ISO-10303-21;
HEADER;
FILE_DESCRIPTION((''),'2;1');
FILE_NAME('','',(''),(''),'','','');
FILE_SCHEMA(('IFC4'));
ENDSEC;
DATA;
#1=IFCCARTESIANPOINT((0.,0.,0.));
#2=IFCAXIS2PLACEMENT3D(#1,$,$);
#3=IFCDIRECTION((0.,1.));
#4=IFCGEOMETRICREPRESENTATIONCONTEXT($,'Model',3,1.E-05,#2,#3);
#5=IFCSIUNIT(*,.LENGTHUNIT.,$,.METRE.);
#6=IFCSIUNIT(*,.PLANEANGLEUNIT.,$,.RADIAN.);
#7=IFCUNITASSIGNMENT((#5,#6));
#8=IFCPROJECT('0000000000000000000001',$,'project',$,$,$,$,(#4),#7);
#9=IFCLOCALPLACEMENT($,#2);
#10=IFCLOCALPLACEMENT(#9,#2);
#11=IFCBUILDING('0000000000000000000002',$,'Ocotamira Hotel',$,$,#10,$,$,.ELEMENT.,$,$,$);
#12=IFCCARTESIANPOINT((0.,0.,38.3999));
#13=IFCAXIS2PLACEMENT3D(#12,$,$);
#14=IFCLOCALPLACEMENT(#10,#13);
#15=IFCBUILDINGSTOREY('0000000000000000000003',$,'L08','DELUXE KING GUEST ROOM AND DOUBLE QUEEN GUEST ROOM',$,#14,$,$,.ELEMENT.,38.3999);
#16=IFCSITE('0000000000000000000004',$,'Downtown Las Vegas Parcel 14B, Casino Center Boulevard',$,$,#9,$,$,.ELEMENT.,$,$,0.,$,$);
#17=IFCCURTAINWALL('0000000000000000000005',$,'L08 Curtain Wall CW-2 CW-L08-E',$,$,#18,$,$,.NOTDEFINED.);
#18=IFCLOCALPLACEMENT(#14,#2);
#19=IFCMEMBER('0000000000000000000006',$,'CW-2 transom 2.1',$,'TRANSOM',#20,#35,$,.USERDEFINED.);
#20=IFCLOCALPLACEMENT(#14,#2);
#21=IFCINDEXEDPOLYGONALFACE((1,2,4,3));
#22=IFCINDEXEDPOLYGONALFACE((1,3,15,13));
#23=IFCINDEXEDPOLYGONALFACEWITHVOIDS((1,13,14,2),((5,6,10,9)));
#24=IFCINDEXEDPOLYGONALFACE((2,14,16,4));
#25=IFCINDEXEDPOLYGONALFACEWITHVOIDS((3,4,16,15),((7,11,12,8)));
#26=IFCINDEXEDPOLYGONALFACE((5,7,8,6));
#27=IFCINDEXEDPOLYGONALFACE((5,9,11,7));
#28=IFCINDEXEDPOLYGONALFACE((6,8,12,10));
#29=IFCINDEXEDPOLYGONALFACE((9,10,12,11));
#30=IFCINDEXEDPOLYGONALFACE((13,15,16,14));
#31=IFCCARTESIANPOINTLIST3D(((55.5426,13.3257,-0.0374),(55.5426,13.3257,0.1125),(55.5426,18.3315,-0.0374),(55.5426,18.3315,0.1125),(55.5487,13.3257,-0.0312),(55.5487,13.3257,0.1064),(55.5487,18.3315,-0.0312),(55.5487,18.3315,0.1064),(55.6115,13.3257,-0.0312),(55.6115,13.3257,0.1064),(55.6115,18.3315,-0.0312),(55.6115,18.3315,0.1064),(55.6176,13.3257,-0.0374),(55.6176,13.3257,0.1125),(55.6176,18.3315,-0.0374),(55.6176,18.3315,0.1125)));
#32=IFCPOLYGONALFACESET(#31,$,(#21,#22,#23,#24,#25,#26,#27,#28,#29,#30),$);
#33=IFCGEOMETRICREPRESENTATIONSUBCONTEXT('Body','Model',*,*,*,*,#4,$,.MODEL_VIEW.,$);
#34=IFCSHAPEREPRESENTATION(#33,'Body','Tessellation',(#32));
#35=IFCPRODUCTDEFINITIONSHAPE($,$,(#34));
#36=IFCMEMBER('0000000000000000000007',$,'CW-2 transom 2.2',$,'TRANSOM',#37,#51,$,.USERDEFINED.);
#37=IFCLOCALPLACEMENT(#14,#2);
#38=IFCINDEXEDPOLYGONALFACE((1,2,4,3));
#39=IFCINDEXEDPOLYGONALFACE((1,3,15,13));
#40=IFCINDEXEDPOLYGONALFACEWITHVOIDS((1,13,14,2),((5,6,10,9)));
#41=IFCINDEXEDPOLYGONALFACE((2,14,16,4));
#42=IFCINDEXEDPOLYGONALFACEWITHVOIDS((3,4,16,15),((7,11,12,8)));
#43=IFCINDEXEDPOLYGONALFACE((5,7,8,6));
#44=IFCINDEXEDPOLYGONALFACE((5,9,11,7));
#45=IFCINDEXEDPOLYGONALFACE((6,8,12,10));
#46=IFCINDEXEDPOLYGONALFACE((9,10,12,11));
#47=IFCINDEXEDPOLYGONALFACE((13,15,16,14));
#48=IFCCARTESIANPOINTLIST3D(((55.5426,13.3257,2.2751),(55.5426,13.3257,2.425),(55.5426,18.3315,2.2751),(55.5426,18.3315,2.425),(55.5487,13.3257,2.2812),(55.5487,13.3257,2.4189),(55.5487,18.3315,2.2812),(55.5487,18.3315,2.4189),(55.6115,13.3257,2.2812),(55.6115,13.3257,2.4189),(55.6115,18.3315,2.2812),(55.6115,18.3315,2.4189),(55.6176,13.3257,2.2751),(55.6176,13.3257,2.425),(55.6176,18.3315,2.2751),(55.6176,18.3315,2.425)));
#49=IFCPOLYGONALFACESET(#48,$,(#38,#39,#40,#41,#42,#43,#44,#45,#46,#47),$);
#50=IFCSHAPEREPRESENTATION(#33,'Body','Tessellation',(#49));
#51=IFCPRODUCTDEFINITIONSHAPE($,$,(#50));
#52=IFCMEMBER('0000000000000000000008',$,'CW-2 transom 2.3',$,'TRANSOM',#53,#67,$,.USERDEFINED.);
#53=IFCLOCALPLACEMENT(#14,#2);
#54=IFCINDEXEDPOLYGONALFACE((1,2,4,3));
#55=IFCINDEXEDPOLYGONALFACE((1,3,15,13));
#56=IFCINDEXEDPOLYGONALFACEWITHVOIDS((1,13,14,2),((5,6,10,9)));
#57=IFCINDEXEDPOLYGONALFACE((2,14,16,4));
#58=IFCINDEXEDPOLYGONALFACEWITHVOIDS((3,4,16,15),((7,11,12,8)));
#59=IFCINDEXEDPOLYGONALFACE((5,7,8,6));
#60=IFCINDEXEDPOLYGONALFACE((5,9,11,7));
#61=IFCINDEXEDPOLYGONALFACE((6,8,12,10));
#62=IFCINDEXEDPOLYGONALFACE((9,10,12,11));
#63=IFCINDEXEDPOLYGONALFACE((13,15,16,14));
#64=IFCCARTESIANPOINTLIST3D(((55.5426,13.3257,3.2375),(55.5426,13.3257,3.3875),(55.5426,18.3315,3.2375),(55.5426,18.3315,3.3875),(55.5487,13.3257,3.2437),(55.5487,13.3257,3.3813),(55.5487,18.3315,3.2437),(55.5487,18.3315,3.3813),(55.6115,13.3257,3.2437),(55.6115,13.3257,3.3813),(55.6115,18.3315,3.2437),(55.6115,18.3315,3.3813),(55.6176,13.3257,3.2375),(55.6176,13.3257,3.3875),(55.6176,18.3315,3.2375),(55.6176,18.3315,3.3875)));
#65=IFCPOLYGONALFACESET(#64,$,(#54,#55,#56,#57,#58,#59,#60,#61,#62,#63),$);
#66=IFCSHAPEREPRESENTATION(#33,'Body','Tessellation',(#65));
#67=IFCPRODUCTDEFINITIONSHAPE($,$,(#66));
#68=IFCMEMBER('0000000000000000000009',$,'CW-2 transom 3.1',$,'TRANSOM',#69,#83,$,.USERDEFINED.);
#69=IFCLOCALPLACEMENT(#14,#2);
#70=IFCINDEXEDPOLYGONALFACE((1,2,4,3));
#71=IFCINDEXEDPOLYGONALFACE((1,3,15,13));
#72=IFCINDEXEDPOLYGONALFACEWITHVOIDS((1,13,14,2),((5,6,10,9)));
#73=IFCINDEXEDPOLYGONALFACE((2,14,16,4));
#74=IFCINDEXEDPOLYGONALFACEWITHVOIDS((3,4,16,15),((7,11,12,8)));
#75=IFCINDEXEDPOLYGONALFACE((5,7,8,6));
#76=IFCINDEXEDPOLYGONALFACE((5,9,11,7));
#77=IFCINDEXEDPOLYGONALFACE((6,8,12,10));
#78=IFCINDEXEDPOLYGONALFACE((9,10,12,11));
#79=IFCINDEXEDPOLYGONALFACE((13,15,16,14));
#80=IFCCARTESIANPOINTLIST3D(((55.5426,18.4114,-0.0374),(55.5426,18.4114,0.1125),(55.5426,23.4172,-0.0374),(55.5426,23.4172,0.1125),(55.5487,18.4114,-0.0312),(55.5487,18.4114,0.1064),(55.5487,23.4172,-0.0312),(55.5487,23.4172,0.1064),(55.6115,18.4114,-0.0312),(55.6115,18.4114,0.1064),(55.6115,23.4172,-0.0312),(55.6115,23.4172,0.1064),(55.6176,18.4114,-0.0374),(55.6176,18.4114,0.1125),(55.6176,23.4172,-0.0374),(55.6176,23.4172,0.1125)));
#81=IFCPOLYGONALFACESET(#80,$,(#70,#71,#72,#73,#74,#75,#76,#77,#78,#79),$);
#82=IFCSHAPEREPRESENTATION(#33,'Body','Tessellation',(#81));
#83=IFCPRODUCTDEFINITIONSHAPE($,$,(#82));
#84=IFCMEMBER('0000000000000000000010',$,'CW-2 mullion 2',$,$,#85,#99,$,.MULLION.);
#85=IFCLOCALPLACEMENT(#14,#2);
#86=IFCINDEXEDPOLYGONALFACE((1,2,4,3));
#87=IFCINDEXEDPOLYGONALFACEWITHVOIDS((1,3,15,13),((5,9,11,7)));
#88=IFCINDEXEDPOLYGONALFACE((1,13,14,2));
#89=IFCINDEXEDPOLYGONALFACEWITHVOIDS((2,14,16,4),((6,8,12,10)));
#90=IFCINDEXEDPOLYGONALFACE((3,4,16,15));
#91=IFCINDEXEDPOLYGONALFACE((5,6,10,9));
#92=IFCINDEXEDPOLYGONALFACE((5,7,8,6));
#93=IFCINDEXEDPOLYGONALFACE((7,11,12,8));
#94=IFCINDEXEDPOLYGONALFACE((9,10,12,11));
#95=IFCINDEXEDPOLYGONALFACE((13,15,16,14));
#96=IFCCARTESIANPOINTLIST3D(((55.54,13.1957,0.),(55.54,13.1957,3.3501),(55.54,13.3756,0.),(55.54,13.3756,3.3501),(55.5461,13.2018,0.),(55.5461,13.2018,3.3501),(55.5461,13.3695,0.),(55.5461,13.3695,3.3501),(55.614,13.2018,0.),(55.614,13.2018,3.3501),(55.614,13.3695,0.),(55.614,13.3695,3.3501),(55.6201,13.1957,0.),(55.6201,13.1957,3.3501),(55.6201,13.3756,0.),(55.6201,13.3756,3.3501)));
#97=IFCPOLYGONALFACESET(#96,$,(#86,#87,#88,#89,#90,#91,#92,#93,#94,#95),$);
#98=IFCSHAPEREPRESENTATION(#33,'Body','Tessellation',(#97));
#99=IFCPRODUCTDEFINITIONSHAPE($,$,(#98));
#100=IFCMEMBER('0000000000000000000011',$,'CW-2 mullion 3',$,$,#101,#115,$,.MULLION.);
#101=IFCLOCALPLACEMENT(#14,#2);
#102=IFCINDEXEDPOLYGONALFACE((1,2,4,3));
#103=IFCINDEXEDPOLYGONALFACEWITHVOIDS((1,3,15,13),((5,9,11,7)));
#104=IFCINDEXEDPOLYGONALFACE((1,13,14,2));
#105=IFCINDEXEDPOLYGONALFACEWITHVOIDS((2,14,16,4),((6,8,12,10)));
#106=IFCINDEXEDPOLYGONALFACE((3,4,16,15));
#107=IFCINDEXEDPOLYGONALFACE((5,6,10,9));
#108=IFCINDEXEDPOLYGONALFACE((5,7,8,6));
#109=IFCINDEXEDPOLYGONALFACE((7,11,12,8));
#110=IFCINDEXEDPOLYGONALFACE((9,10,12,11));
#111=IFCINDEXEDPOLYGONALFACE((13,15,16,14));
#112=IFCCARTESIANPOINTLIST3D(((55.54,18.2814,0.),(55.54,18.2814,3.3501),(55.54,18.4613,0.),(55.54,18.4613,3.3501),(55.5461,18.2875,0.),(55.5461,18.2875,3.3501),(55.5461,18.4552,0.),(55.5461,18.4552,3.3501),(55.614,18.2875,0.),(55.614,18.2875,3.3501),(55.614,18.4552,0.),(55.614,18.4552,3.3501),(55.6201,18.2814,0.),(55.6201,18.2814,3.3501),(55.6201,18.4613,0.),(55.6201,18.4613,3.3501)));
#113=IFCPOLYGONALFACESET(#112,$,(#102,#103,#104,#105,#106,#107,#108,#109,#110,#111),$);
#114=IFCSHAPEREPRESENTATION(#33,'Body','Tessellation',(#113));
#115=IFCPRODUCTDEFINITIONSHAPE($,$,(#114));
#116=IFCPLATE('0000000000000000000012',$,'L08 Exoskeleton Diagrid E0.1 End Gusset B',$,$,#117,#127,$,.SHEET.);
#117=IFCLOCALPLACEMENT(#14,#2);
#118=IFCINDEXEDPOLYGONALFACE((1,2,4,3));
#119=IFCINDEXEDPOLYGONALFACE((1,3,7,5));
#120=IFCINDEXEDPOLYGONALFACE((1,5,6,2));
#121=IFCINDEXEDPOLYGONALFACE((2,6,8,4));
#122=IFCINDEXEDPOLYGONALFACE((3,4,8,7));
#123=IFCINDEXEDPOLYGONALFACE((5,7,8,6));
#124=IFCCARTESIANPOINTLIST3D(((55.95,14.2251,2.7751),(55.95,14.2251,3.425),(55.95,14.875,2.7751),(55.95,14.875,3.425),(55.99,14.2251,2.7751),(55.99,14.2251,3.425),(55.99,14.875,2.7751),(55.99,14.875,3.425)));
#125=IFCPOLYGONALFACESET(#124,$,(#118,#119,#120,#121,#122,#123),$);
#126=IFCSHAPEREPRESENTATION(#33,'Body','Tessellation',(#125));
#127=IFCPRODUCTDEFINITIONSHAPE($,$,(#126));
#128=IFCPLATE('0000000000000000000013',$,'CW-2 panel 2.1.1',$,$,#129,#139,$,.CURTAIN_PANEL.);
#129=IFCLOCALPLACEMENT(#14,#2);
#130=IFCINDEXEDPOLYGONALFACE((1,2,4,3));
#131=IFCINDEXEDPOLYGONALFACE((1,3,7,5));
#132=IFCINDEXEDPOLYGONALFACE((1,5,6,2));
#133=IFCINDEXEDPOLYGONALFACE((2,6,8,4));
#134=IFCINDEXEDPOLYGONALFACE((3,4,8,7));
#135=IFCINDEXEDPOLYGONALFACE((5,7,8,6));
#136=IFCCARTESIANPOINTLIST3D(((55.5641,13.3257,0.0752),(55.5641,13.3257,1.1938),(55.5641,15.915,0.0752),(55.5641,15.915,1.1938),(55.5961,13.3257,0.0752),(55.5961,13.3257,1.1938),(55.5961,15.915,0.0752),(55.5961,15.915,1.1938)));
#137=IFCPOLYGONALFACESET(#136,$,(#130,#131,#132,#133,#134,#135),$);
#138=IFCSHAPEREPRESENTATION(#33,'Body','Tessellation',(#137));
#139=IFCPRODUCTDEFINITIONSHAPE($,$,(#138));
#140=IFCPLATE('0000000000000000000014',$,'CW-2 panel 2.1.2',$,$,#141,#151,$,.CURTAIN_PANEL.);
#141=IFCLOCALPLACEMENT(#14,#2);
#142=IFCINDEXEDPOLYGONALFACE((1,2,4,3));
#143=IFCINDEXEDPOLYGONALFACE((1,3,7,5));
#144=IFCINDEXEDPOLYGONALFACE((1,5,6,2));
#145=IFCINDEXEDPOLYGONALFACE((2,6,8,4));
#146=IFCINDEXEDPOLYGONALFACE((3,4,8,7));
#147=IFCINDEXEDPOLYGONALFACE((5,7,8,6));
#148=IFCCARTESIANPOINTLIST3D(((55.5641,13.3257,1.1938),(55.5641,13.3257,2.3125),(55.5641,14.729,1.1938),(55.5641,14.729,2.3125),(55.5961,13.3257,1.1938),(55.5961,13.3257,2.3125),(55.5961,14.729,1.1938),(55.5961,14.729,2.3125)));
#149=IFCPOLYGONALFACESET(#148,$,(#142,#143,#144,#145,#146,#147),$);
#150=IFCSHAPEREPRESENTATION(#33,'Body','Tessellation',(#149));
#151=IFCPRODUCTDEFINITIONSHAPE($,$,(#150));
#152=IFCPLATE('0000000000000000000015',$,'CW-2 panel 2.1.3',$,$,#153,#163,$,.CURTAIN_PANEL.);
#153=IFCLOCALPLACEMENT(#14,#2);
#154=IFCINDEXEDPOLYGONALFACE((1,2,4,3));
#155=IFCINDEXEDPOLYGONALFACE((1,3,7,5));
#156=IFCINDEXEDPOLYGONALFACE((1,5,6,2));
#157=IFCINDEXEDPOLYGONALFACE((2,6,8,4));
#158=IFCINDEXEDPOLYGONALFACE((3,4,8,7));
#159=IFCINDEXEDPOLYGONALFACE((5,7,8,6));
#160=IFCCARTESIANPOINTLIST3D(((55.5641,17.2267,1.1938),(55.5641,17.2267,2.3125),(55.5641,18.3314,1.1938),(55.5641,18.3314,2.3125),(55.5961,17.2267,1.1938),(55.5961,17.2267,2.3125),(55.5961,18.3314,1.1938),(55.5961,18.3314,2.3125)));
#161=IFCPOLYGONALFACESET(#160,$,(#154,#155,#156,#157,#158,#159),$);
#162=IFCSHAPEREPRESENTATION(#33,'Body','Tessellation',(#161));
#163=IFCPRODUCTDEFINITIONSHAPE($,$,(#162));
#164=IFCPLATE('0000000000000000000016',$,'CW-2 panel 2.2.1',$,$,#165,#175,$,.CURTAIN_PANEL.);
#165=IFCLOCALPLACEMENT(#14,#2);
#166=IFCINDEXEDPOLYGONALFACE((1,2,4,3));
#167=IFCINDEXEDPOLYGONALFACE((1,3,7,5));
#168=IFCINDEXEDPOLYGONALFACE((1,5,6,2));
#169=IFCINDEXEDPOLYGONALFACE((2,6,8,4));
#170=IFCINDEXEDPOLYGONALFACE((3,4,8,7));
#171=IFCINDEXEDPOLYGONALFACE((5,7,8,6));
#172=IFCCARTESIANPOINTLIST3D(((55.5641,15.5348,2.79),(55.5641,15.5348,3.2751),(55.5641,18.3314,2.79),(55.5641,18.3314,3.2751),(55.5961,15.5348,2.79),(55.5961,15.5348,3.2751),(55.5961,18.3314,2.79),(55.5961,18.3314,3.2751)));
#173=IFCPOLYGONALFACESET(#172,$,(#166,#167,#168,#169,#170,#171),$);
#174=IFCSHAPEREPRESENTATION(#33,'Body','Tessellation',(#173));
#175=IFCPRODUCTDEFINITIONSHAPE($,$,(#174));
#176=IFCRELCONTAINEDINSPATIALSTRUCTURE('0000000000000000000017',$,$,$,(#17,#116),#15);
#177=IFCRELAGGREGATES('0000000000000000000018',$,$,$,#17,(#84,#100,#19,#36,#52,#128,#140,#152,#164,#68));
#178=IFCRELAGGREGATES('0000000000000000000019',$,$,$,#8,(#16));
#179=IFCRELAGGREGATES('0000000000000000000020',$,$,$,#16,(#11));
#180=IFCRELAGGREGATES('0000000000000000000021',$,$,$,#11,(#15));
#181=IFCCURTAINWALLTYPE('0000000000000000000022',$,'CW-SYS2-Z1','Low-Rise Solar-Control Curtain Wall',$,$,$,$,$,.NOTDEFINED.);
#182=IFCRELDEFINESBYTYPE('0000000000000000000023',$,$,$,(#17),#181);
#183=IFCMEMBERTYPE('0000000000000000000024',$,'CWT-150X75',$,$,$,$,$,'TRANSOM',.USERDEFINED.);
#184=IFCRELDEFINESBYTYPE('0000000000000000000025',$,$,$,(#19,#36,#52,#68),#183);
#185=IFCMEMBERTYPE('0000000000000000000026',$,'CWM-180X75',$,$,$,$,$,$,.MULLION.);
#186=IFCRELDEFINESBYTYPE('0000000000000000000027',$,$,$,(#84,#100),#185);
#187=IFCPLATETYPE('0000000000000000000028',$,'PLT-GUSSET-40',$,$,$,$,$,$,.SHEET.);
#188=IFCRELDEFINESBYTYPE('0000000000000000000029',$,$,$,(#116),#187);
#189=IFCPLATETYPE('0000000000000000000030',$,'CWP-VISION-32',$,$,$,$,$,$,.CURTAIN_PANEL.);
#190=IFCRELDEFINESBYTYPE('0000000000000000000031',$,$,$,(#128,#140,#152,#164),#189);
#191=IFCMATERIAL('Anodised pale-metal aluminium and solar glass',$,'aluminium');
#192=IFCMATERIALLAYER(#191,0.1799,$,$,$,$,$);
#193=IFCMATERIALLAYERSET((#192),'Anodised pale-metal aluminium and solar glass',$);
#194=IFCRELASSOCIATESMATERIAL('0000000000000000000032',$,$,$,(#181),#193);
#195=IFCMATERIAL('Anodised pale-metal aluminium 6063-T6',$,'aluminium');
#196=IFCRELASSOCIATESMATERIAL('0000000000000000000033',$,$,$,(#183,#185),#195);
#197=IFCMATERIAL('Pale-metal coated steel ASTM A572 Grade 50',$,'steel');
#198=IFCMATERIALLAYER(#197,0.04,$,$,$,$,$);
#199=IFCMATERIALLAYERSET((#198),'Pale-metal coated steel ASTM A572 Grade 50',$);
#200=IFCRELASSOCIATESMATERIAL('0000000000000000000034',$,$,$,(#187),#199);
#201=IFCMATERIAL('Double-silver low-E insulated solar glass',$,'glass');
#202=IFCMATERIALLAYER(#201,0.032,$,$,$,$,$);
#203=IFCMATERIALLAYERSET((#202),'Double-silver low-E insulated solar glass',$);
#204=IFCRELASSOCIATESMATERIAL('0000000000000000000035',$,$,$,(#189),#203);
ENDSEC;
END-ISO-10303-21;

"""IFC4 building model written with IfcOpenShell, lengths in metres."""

from ifc_helpers import new_model, si_unit, direction, frame, origin, origin_2d, place, context, subcontext, project, spatial, rectangle, hollow_rectangle, extrude, source, transform, mapped, material, layer, layer_set, material_profile, profile_set, type_object, element, aggregate, save


model = new_model("IFC4")

# Units and contexts
model_context = context("Model", 3, precision=1e-05, world=origin(), true_north=direction((0.0, 1.0)))
body_context = subcontext(model_context, "Body", "Model", "MODEL_VIEW")
ifc_project = project(units=[si_unit("LENGTHUNIT", "METRE"), si_unit("PLANEANGLEUNIT", "RADIAN")], contexts=[model_context])

# Site, building, storey
site_placement = place(None, origin())
site = spatial("IfcSite", under=ifc_project, at=site_placement, Name="Downtown Las Vegas Parcel 14B, Casino Center Boulevard", CompositionType="ELEMENT", RefElevation=0.0)
building_placement = place(site_placement, origin())
building = spatial("IfcBuilding", under=site, at=building_placement, Name="Ocotamira Hotel", CompositionType="ELEMENT")
storey_placement = place(building_placement, frame((0.0, 0.0, 38.3999)))
storey = spatial("IfcBuildingStorey", under=building, at=storey_placement, Name="L08", Description="DELUXE KING GUEST ROOM AND DOUBLE QUEEN GUEST ROOM", CompositionType="ELEMENT", Elevation=38.3999)

# Curtain wall, members
ifc_material_1 = material(Name="Anodised pale-metal aluminium and solar glass", Category="aluminium")
ifc_layer_1 = layer(ifc_material_1, 0.1799)
ifc_layer_set_1 = layer_set([ifc_layer_1], Name="Anodised pale-metal aluminium and solar glass")
curtain_wall_type = type_object("IfcCurtainWallType", Name="CW-SYS2-Z1", Description="Low-Rise Solar-Control Curtain Wall", PredefinedType="NOTDEFINED", material=ifc_layer_set_1)
curtain_wall_placement = place(storey_placement, origin())
curtain_wall = element("IfcCurtainWall", 1, at=curtain_wall_placement, inside=storey, type_object=curtain_wall_type, Name="L08 Curtain Wall CW-2 CW-L08-E", PredefinedType="NOTDEFINED")
ifc_material_2 = material(Name="Anodised pale-metal aluminium 6063-T6", Category="aluminium")
ifc_material_profile_1 = material_profile(ifc_material_2, hollow_rectangle(XDim=0.075, YDim=0.1499, WallThickness=0.0061, at=origin_2d()), Name="HSS150X75X6")
ifc_profile_set_1 = profile_set([ifc_material_profile_1], Name="Anodised pale-metal aluminium 6063-T6")
member_type_1 = type_object("IfcMemberType", Name="CWT-150X75", ElementType="TRANSOM", PredefinedType="USERDEFINED", material=ifc_profile_set_1)
shared_shape_1 = source(origin(), body_context, "Body", "SweptSolid", [
    extrude(hollow_rectangle(XDim=0.075, YDim=0.1499, WallThickness=0.0061, at=origin_2d()), origin(), (0.0, 0.0, 1.0), 5.0059),
])
member_1_placement = place(storey_placement, frame((55.5801, 13.3257, 0.0376), z_axis=(0.0, 1.0, 0.0), x_axis=(-1.0, 0.0, 0.0)))
member_1 = element("IfcMember", 2, at=member_1_placement, type_object=member_type_1, Name="CW-2 transom 2.1", ObjectType="TRANSOM", PredefinedType="USERDEFINED", context=body_context, shape_type="MappedRepresentation", body=[
    mapped(shared_shape_1, transform((0.0, 0.0, 0.0), scale=1.0)),
])
member_2_placement = place(storey_placement, frame((55.5801, 13.3257, 2.3501), z_axis=(0.0, 1.0, 0.0), x_axis=(-1.0, 0.0, 0.0)))
member_2 = element("IfcMember", 3, at=member_2_placement, type_object=member_type_1, Name="CW-2 transom 2.2", ObjectType="TRANSOM", PredefinedType="USERDEFINED", context=body_context, shape_type="MappedRepresentation", body=[
    mapped(shared_shape_1, transform((0.0, 0.0, 0.0), scale=1.0)),
])
member_3_placement = place(storey_placement, frame((55.5801, 13.3257, 3.3125), z_axis=(0.0, 1.0, 0.0), x_axis=(-1.0, 0.0, 0.0)))
member_3 = element("IfcMember", 4, at=member_3_placement, type_object=member_type_1, Name="CW-2 transom 2.3", ObjectType="TRANSOM", PredefinedType="USERDEFINED", context=body_context, shape_type="MappedRepresentation", body=[
    mapped(shared_shape_1, transform((0.0, 0.0, 0.0), scale=1.0)),
])
member_4_placement = place(storey_placement, frame((55.5801, 18.4114, 0.0376), z_axis=(0.0, 1.0, 0.0), x_axis=(-1.0, 0.0, 0.0)))
member_4 = element("IfcMember", 5, at=member_4_placement, type_object=member_type_1, Name="CW-2 transom 3.1", ObjectType="TRANSOM", PredefinedType="USERDEFINED", context=body_context, shape_type="MappedRepresentation", body=[
    mapped(shared_shape_1, transform((0.0, 0.0, 0.0), scale=1.0)),
])
ifc_material_profile_2 = material_profile(ifc_material_2, hollow_rectangle(XDim=0.0801, YDim=0.1799, WallThickness=0.0061, at=origin_2d()), Name="HSS180X80X6")
ifc_profile_set_2 = profile_set([ifc_material_profile_2], Name="Anodised pale-metal aluminium 6063-T6")
member_type_2 = type_object("IfcMemberType", Name="CWM-180X75", PredefinedType="MULLION", material=ifc_profile_set_2)
shared_shape_2 = source(origin(), body_context, "Body", "SweptSolid", [
    extrude(hollow_rectangle(XDim=0.0801, YDim=0.1799, WallThickness=0.0061, at=origin_2d()), origin(), (0.0, 0.0, 1.0), 3.3501),
])
member_5_placement = place(storey_placement, frame((55.5801, 13.2856, 0.0), z_axis=(0.0, 0.0, 1.0), x_axis=(-1.0, 0.0, 0.0)))
member_5 = element("IfcMember", 6, at=member_5_placement, type_object=member_type_2, Name="CW-2 mullion 2", PredefinedType="MULLION", context=body_context, shape_type="MappedRepresentation", body=[
    mapped(shared_shape_2, transform((0.0, 0.0, 0.0), scale=1.0)),
])
member_6_placement = place(storey_placement, frame((55.5801, 18.3713, 0.0), z_axis=(0.0, 0.0, 1.0), x_axis=(-1.0, 0.0, 0.0)))
member_6 = element("IfcMember", 7, at=member_6_placement, type_object=member_type_2, Name="CW-2 mullion 3", PredefinedType="MULLION", context=body_context, shape_type="MappedRepresentation", body=[
    mapped(shared_shape_2, transform((0.0, 0.0, 0.0), scale=1.0)),
])

# Plates
ifc_material_3 = material(Name="Pale-metal coated steel ASTM A572 Grade 50", Category="steel")
ifc_layer_2 = layer(ifc_material_3, 0.04)
ifc_layer_set_2 = layer_set([ifc_layer_2], Name="Pale-metal coated steel ASTM A572 Grade 50")
plate_type_1 = type_object("IfcPlateType", Name="PLT-GUSSET-40", PredefinedType="SHEET", material=ifc_layer_set_2)
shared_shape_3 = source(origin(), body_context, "Body", "SweptSolid", [
    extrude(rectangle(XDim=0.04, YDim=0.6499, at=origin_2d()), origin(), (0.0, 0.0, 1.0), 0.6499),
])
plate_1_placement = place(storey_placement, frame((55.97, 14.55, 2.7751), z_axis=(0.0, 0.0, 1.0), x_axis=(1.0, 0.0, 0.0)))
element("IfcPlate", 8, at=plate_1_placement, inside=storey, type_object=plate_type_1, Name="L08 Exoskeleton Diagrid E0.1 End Gusset B", PredefinedType="SHEET", context=body_context, shape_type="MappedRepresentation", body=[
    mapped(shared_shape_3, transform((0.0, 0.0, 0.0), scale=1.0)),
])
ifc_material_4 = material(Name="Double-silver low-E insulated solar glass", Category="glass")
ifc_layer_3 = layer(ifc_material_4, 0.032)
ifc_layer_set_3 = layer_set([ifc_layer_3], Name="Double-silver low-E insulated solar glass")
plate_type_2 = type_object("IfcPlateType", Name="CWP-VISION-32", PredefinedType="CURTAIN_PANEL", material=ifc_layer_set_3)
shared_shape_4 = source(origin(), body_context, "Body", "SweptSolid", [
    extrude(rectangle(XDim=2.5894, YDim=0.032, at=origin_2d()), origin(), (0.0, 0.0, 1.0), 1.1187),
])
plate_2_placement = place(storey_placement, frame((55.5801, 14.6204, 0.0752), z_axis=(0.0, 0.0, 1.0), x_axis=(0.0, 1.0, 0.0)))
plate_2 = element("IfcPlate", 9, at=plate_2_placement, type_object=plate_type_2, Name="CW-2 panel 2.1.1", PredefinedType="CURTAIN_PANEL", context=body_context, shape_type="MappedRepresentation", body=[
    mapped(shared_shape_4, transform((0.0, 0.0, 0.0), scale=1.0)),
])
shared_shape_5 = source(origin(), body_context, "Body", "SweptSolid", [
    extrude(rectangle(XDim=1.4033, YDim=0.032, at=origin_2d()), origin(), (0.0, 0.0, 1.0), 1.1187),
])
plate_3_placement = place(storey_placement, frame((55.5801, 14.0273, 1.1938), z_axis=(0.0, 0.0, 1.0), x_axis=(0.0, 1.0, 0.0)))
plate_3 = element("IfcPlate", 10, at=plate_3_placement, type_object=plate_type_2, Name="CW-2 panel 2.1.2", PredefinedType="CURTAIN_PANEL", context=body_context, shape_type="MappedRepresentation", body=[
    mapped(shared_shape_5, transform((0.0, 0.0, 0.0), scale=1.0)),
])
shared_shape_6 = source(origin(), body_context, "Body", "SweptSolid", [
    extrude(rectangle(XDim=1.1047, YDim=0.032, at=origin_2d()), origin(), (0.0, 0.0, 1.0), 1.1187),
])
plate_4_placement = place(storey_placement, frame((55.5801, 17.7791, 1.1938), z_axis=(0.0, 0.0, 1.0), x_axis=(0.0, 1.0, 0.0)))
plate_4 = element("IfcPlate", 11, at=plate_4_placement, type_object=plate_type_2, Name="CW-2 panel 2.1.3", PredefinedType="CURTAIN_PANEL", context=body_context, shape_type="MappedRepresentation", body=[
    mapped(shared_shape_6, transform((0.0, 0.0, 0.0), scale=1.0)),
])
shared_shape_7 = source(origin(), body_context, "Body", "SweptSolid", [
    extrude(rectangle(XDim=2.7966, YDim=0.032, at=origin_2d()), origin(), (0.0, 0.0, 1.0), 0.4851),
])
plate_5_placement = place(storey_placement, frame((55.5801, 16.9331, 2.79), z_axis=(0.0, 0.0, 1.0), x_axis=(0.0, 1.0, 0.0)))
plate_5 = element("IfcPlate", 12, at=plate_5_placement, type_object=plate_type_2, Name="CW-2 panel 2.2.1", PredefinedType="CURTAIN_PANEL", context=body_context, shape_type="MappedRepresentation", body=[
    mapped(shared_shape_7, transform((0.0, 0.0, 0.0), scale=1.0)),
])
aggregate(curtain_wall, [member_5, member_6, member_1, member_2, member_3, plate_2, plate_3, plate_4, plate_5, member_4])

save(model, "model.ifc")
